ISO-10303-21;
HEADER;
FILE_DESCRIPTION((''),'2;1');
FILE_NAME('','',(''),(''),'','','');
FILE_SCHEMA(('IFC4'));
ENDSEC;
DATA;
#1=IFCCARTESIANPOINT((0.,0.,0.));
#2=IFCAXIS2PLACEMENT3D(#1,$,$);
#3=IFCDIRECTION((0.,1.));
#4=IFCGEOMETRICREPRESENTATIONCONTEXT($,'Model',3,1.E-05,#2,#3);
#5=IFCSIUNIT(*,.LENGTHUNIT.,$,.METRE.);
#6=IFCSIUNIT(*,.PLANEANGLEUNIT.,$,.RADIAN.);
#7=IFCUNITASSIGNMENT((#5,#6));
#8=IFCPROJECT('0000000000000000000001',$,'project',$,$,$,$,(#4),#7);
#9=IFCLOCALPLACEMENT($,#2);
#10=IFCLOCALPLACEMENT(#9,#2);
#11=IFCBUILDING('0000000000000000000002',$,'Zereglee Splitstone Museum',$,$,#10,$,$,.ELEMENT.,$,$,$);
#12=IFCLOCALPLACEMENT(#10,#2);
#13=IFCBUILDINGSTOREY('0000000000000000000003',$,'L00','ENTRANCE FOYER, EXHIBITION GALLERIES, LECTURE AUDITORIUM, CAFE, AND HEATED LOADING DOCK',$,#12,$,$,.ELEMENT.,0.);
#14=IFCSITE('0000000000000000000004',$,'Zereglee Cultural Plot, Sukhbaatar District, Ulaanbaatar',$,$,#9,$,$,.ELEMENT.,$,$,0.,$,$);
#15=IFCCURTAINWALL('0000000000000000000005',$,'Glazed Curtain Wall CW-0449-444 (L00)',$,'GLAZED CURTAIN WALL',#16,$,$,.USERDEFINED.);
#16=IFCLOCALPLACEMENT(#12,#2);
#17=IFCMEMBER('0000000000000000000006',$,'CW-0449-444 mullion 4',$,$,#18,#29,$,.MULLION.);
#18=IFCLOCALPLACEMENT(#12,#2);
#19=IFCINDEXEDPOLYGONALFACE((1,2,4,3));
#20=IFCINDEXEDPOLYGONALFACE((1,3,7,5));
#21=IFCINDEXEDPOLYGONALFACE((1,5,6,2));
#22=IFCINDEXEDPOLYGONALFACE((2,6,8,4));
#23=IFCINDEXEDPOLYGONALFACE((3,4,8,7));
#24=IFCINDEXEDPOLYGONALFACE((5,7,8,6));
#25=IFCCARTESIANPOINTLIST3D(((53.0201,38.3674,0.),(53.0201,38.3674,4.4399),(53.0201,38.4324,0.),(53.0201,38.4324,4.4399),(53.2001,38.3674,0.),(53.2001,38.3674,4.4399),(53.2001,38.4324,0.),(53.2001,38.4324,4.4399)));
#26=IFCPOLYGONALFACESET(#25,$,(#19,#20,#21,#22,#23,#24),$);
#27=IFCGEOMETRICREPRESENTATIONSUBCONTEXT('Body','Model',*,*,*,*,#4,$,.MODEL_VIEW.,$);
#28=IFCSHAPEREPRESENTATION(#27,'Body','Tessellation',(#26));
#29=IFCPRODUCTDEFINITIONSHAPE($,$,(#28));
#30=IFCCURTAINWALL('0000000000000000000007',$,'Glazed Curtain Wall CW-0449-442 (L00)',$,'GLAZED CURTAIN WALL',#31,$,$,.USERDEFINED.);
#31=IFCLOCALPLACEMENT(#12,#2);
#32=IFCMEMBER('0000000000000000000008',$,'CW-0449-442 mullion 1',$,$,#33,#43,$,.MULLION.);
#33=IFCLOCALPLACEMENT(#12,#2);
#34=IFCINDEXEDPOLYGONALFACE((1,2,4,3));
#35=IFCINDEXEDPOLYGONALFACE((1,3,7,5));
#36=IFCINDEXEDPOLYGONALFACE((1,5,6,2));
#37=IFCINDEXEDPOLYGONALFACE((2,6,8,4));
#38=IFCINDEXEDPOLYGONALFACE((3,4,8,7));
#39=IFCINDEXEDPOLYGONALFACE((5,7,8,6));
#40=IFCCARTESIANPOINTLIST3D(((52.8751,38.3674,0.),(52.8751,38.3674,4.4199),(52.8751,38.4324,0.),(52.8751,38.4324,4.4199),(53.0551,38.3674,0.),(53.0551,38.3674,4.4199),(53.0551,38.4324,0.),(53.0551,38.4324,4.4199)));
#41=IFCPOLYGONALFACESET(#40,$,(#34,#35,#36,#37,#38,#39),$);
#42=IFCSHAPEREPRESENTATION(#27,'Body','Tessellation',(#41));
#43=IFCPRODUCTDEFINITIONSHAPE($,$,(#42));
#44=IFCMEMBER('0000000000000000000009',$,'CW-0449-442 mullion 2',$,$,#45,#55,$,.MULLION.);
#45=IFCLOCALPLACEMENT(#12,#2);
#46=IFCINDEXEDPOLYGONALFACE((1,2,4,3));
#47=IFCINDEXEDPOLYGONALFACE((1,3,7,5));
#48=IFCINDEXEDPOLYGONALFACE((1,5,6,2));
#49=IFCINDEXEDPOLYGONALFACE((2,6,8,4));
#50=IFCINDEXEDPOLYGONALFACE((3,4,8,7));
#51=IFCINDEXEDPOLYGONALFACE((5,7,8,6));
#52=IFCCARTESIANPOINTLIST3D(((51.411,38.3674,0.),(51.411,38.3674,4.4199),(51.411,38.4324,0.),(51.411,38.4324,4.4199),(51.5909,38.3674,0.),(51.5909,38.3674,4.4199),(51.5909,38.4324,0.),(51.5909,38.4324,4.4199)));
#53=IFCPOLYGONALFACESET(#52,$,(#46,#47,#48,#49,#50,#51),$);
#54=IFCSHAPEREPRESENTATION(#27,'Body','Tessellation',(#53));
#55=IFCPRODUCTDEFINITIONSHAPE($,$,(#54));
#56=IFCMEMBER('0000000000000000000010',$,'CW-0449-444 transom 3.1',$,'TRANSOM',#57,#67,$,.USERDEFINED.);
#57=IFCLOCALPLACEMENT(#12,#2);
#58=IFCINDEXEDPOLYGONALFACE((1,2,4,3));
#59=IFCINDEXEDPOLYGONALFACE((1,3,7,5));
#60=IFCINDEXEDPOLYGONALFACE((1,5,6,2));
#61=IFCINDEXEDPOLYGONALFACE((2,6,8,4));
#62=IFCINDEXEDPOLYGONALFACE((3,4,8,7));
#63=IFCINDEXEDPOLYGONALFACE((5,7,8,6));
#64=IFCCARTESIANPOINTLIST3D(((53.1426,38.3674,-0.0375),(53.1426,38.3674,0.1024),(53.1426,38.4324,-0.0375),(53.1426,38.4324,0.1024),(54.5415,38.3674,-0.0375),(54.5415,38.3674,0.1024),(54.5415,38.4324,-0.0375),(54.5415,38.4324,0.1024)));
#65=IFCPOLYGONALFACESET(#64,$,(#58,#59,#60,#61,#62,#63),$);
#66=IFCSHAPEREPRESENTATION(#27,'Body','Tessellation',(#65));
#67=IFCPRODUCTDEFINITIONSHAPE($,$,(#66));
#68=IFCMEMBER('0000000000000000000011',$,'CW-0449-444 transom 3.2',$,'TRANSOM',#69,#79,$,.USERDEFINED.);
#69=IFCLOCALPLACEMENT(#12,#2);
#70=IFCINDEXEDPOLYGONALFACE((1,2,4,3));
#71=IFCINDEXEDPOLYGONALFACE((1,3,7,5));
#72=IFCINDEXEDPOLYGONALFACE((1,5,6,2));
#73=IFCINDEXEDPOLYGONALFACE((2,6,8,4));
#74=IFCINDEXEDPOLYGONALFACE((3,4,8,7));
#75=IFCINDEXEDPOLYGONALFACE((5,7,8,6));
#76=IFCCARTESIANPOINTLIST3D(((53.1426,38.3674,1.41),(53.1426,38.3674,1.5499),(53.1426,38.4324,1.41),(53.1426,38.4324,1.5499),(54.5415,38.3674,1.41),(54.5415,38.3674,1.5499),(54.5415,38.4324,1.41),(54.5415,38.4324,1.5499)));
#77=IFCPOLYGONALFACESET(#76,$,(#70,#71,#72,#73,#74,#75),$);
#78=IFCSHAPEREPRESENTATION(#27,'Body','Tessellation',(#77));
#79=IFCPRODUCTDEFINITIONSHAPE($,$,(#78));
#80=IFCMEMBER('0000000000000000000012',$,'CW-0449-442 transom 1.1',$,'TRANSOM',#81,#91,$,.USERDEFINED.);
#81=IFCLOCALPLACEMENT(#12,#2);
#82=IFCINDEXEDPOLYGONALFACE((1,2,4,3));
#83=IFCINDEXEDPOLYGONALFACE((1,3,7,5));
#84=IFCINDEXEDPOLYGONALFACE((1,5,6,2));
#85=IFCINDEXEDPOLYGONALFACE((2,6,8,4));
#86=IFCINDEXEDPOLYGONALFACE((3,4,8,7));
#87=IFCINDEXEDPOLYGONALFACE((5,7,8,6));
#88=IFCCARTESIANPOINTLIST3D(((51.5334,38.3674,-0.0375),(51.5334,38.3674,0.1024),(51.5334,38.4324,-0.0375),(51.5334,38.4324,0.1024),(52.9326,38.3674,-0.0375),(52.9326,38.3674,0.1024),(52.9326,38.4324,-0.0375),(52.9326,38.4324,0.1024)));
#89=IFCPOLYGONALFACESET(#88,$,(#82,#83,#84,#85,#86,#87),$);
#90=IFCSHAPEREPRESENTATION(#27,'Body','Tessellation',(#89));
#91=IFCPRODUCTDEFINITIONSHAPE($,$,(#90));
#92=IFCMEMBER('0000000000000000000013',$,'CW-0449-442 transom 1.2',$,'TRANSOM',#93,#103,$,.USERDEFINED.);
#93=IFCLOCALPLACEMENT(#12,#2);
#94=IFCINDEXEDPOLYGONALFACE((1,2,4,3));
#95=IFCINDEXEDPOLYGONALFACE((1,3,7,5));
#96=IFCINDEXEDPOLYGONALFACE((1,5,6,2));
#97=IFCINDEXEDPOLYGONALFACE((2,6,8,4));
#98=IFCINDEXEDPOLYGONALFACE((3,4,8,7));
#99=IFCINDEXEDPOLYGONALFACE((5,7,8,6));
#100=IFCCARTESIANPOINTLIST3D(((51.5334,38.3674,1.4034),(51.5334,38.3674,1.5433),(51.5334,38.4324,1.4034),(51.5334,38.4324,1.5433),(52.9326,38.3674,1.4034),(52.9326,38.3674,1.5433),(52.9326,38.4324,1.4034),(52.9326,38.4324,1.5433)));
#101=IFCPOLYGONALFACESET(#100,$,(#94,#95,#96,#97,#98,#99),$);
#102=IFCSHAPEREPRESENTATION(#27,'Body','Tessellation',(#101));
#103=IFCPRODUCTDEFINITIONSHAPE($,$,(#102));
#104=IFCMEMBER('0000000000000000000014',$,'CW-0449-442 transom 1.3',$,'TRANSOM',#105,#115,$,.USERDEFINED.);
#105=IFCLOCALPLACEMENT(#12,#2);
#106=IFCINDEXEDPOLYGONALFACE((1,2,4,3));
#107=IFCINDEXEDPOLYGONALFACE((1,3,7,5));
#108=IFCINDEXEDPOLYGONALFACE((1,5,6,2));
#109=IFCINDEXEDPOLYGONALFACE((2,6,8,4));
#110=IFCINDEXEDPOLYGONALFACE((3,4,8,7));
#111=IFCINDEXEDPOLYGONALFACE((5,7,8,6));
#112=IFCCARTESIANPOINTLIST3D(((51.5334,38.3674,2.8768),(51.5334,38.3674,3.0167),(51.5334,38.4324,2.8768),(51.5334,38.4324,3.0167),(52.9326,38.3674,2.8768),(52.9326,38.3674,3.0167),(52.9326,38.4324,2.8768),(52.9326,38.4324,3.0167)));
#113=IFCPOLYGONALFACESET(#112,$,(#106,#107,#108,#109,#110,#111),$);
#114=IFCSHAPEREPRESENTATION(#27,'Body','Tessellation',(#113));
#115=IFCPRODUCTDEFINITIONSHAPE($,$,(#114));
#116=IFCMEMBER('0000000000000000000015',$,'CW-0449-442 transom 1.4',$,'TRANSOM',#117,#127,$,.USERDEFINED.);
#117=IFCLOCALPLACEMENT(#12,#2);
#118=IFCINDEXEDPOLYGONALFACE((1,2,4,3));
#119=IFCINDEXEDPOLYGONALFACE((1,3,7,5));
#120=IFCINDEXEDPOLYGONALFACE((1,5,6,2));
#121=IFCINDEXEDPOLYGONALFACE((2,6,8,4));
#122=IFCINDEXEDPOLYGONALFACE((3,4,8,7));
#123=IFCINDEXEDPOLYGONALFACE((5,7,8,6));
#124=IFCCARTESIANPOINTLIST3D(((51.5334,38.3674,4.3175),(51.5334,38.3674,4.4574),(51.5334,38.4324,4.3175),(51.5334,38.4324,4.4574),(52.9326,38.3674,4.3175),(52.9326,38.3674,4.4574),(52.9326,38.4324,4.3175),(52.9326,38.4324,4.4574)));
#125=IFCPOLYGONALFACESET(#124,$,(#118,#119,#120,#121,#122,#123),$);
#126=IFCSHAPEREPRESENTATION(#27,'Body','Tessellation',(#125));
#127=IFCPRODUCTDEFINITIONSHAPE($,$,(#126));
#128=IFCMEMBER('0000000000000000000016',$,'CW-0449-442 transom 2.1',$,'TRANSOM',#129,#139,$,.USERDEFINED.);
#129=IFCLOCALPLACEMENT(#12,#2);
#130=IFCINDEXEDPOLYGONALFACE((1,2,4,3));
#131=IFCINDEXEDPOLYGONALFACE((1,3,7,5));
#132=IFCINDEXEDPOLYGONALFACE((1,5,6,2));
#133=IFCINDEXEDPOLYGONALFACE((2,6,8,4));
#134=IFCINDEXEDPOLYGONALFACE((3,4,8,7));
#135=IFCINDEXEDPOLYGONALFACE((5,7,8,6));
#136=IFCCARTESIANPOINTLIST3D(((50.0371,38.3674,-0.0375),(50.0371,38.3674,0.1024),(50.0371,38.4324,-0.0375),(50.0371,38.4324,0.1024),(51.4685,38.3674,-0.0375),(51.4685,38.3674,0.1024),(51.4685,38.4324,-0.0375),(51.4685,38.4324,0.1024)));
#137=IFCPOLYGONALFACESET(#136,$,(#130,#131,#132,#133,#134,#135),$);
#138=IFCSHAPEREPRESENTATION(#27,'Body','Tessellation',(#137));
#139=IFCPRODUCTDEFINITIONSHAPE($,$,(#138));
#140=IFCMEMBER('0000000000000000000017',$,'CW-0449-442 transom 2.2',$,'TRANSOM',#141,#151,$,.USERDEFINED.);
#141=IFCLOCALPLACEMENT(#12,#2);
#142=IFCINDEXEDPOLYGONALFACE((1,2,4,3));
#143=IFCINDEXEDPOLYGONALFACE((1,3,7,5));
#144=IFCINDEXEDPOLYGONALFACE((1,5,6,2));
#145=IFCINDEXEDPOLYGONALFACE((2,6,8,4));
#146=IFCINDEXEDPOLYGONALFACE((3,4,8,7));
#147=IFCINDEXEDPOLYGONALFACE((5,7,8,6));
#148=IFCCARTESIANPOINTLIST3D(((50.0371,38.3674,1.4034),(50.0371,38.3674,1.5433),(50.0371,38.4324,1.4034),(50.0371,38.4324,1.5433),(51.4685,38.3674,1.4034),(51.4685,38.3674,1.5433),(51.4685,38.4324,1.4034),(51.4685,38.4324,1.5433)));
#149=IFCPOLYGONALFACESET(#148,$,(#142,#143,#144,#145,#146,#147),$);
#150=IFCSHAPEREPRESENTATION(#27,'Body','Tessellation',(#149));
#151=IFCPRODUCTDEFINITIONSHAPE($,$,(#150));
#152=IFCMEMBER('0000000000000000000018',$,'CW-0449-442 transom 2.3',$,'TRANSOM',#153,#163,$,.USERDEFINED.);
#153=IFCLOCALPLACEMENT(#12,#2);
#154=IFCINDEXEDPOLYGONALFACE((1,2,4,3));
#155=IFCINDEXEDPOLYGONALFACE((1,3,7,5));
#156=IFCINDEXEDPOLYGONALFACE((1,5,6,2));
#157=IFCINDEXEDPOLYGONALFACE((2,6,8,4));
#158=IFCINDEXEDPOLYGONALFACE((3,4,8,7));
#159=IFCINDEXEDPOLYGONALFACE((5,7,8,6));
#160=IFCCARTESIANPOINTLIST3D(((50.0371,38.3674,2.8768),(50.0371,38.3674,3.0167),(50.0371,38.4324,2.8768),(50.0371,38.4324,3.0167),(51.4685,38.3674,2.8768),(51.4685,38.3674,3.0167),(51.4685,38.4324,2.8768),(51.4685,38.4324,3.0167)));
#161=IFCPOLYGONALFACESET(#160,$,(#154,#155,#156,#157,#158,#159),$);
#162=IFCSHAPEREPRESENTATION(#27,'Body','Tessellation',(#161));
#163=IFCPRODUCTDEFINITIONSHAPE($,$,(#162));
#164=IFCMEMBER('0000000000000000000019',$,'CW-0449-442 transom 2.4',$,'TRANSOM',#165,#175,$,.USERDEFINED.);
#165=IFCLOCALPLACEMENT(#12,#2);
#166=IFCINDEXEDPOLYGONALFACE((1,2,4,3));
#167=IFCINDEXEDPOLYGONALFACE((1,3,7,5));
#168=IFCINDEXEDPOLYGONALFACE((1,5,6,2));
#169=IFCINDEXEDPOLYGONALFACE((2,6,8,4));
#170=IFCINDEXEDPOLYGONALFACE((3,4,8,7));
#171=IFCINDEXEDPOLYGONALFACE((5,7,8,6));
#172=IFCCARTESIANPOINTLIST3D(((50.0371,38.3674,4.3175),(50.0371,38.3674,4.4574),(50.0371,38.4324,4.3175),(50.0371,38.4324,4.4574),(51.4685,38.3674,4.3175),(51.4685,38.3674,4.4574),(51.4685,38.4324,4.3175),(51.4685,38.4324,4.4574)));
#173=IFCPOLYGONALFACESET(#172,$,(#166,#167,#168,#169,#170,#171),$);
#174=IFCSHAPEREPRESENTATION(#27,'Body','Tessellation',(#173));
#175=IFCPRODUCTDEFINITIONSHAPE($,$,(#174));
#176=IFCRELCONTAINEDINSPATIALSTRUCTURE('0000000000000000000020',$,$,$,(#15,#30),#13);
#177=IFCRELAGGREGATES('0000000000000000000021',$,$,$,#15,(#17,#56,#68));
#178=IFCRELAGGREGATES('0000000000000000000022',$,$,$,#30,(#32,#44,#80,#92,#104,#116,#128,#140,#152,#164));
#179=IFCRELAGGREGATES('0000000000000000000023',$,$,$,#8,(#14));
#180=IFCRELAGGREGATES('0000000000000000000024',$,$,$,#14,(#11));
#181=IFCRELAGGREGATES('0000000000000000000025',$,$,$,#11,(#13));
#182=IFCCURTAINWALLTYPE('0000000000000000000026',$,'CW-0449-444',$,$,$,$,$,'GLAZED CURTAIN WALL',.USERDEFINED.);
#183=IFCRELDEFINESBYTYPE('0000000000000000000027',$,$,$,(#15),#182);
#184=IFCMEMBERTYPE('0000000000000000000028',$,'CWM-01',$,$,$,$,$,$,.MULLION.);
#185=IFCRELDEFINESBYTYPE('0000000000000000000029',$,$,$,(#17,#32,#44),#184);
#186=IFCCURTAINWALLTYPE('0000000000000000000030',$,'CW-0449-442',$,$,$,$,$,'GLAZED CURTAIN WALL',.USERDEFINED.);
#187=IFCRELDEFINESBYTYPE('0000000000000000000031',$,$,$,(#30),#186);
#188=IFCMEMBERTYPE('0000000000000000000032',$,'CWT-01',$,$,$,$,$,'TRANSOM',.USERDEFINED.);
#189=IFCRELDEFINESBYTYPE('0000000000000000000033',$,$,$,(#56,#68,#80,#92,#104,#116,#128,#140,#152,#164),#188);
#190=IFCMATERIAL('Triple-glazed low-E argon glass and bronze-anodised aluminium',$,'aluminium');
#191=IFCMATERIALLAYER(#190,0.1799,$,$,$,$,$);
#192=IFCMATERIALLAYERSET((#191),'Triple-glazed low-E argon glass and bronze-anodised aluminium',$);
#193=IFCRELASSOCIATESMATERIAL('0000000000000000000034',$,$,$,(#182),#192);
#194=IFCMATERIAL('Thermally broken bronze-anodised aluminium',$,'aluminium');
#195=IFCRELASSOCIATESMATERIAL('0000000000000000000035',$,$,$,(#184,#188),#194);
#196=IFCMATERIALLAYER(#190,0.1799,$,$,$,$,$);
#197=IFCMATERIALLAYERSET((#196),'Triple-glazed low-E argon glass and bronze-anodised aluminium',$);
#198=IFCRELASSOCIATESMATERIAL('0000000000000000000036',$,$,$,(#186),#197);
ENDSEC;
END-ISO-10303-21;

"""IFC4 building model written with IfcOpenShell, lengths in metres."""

from ifc_helpers import new_model, si_unit, direction, frame, origin, origin_2d, place, context, subcontext, project, spatial, rectangle, extrude, material, layer, layer_set, material_profile, profile_set, type_object, element, aggregate, save


model = new_model("IFC4")

# Units and contexts
model_context = context("Model", 3, precision=1e-05, world=origin(), true_north=direction((0.0, 1.0)))
body_context = subcontext(model_context, "Body", "Model", "MODEL_VIEW")
ifc_project = project(units=[si_unit("LENGTHUNIT", "METRE"), si_unit("PLANEANGLEUNIT", "RADIAN")], contexts=[model_context])

# Site, building, storey
site_placement = place(None, origin())
site = spatial("IfcSite", under=ifc_project, at=site_placement, Name="Zereglee Cultural Plot, Sukhbaatar District, Ulaanbaatar", CompositionType="ELEMENT", RefElevation=0.0)
building_placement = place(site_placement, origin())
building = spatial("IfcBuilding", under=site, at=building_placement, Name="Zereglee Splitstone Museum", CompositionType="ELEMENT")
storey_placement = place(building_placement, origin())
storey = spatial("IfcBuildingStorey", under=building, at=storey_placement, Name="L00", Description="ENTRANCE FOYER, EXHIBITION GALLERIES, LECTURE AUDITORIUM, CAFE, AND HEATED LOADING DOCK", CompositionType="ELEMENT", Elevation=0.0)

# Curtain wall, member
ifc_material_1 = material(Name="Triple-glazed low-E argon glass and bronze-anodised aluminium", Category="aluminium")
ifc_layer_1 = layer(ifc_material_1, 0.1799)
ifc_layer_set_1 = layer_set([ifc_layer_1], Name="Triple-glazed low-E argon glass and bronze-anodised aluminium")
curtain_wall_type_1 = type_object("IfcCurtainWallType", Name="CW-0449-444", ElementType="GLAZED CURTAIN WALL", PredefinedType="USERDEFINED", material=ifc_layer_set_1)
curtain_wall_1_placement = place(storey_placement, origin())
curtain_wall_1 = element("IfcCurtainWall", 1, at=curtain_wall_1_placement, inside=storey, type_object=curtain_wall_type_1, Name="Glazed Curtain Wall CW-0449-444 (L00)", ObjectType="GLAZED CURTAIN WALL", PredefinedType="USERDEFINED")
ifc_material_2 = material(Name="Thermally broken bronze-anodised aluminium", Category="aluminium")
ifc_material_profile_1 = material_profile(ifc_material_2, rectangle(XDim=0.0649, YDim=0.1799, at=origin_2d()), Name="CW MULL 65x180")
ifc_profile_set_1 = profile_set([ifc_material_profile_1], Name="Thermally broken bronze-anodised aluminium")
member_type_1 = type_object("IfcMemberType", Name="CWM-01", PredefinedType="MULLION", material=ifc_profile_set_1)
member_1_placement = place(storey_placement, frame((53.1101, 38.3999, 0.0), z_axis=(0.0, 0.0, 1.0), x_axis=(0.0, -1.0, 0.0)))
member_1 = element("IfcMember", 2, at=member_1_placement, type_object=member_type_1, Name="CW-0449-444 mullion 4", PredefinedType="MULLION", context=body_context, shape_type="SweptSolid", body=[
    extrude(rectangle(XDim=0.0649, YDim=0.1799, at=origin_2d()), origin(), (0.0, 0.0, 1.0), 4.4399),
])

# Curtain wall, members
ifc_layer_2 = layer(ifc_material_1, 0.1799)
ifc_layer_set_2 = layer_set([ifc_layer_2], Name="Triple-glazed low-E argon glass and bronze-anodised aluminium")
curtain_wall_type_2 = type_object("IfcCurtainWallType", Name="CW-0449-442", ElementType="GLAZED CURTAIN WALL", PredefinedType="USERDEFINED", material=ifc_layer_set_2)
curtain_wall_2_placement = place(storey_placement, origin())
curtain_wall_2 = element("IfcCurtainWall", 3, at=curtain_wall_2_placement, inside=storey, type_object=curtain_wall_type_2, Name="Glazed Curtain Wall CW-0449-442 (L00)", ObjectType="GLAZED CURTAIN WALL", PredefinedType="USERDEFINED")
member_2_placement = place(storey_placement, frame((52.9651, 38.3999, 0.0), z_axis=(0.0, 0.0, 1.0), x_axis=(0.0, -1.0, 0.0)))
member_2 = element("IfcMember", 4, at=member_2_placement, type_object=member_type_1, Name="CW-0449-442 mullion 1", PredefinedType="MULLION", context=body_context, shape_type="SweptSolid", body=[
    extrude(rectangle(XDim=0.0649, YDim=0.1799, at=origin_2d()), origin(), (0.0, 0.0, 1.0), 4.4199),
])
member_3_placement = place(storey_placement, frame((51.501, 38.3999, 0.0), z_axis=(0.0, 0.0, 1.0), x_axis=(0.0, -1.0, 0.0)))
member_3 = element("IfcMember", 5, at=member_3_placement, type_object=member_type_1, Name="CW-0449-442 mullion 2", PredefinedType="MULLION", context=body_context, shape_type="SweptSolid", body=[
    extrude(rectangle(XDim=0.0649, YDim=0.1799, at=origin_2d()), origin(), (0.0, 0.0, 1.0), 4.4199),
])

# Members
ifc_material_profile_2 = material_profile(ifc_material_2, rectangle(XDim=0.0649, YDim=0.1399, at=origin_2d()), Name="CW TRAN 65x140")
ifc_profile_set_2 = profile_set([ifc_material_profile_2], Name="Thermally broken bronze-anodised aluminium")
member_type_2 = type_object("IfcMemberType", Name="CWT-01", ElementType="TRANSOM", PredefinedType="USERDEFINED", material=ifc_profile_set_2)
member_4_placement = place(storey_placement, frame((54.5415, 38.3999, 0.0325), z_axis=(-1.0, 0.0, 0.0), x_axis=(0.0, -1.0, 0.0)))
member_4 = element("IfcMember", 6, at=member_4_placement, type_object=member_type_2, Name="CW-0449-444 transom 3.1", ObjectType="TRANSOM", PredefinedType="USERDEFINED", context=body_context, shape_type="SweptSolid", body=[
    extrude(rectangle(XDim=0.0649, YDim=0.1399, at=origin_2d()), origin(), (0.0, 0.0, 1.0), 1.3989),
])
member_5_placement = place(storey_placement, frame((54.5415, 38.3999, 1.48), z_axis=(-1.0, 0.0, 0.0), x_axis=(0.0, -1.0, 0.0)))
member_5 = element("IfcMember", 7, at=member_5_placement, type_object=member_type_2, Name="CW-0449-444 transom 3.2", ObjectType="TRANSOM", PredefinedType="USERDEFINED", context=body_context, shape_type="SweptSolid", body=[
    extrude(rectangle(XDim=0.0649, YDim=0.1399, at=origin_2d()), origin(), (0.0, 0.0, 1.0), 1.3989),
])
member_6_placement = place(storey_placement, frame((52.9326, 38.3999, 0.0325), z_axis=(-1.0, 0.0, 0.0), x_axis=(0.0, -1.0, 0.0)))
member_6 = element("IfcMember", 8, at=member_6_placement, type_object=member_type_2, Name="CW-0449-442 transom 1.1", ObjectType="TRANSOM", PredefinedType="USERDEFINED", context=body_context, shape_type="SweptSolid", body=[
    extrude(rectangle(XDim=0.0649, YDim=0.1399, at=origin_2d()), origin(), (0.0, 0.0, 1.0), 1.3992),
])
member_7_placement = place(storey_placement, frame((52.9326, 38.3999, 1.4734), z_axis=(-1.0, 0.0, 0.0), x_axis=(0.0, -1.0, 0.0)))
member_7 = element("IfcMember", 9, at=member_7_placement, type_object=member_type_2, Name="CW-0449-442 transom 1.2", ObjectType="TRANSOM", PredefinedType="USERDEFINED", context=body_context, shape_type="SweptSolid", body=[
    extrude(rectangle(XDim=0.0649, YDim=0.1399, at=origin_2d()), origin(), (0.0, 0.0, 1.0), 1.3992),
])
member_8_placement = place(storey_placement, frame((52.9326, 38.3999, 2.9468), z_axis=(-1.0, 0.0, 0.0), x_axis=(0.0, -1.0, 0.0)))
member_8 = element("IfcMember", 10, at=member_8_placement, type_object=member_type_2, Name="CW-0449-442 transom 1.3", ObjectType="TRANSOM", PredefinedType="USERDEFINED", context=body_context, shape_type="SweptSolid", body=[
    extrude(rectangle(XDim=0.0649, YDim=0.1399, at=origin_2d()), origin(), (0.0, 0.0, 1.0), 1.3992),
])
member_9_placement = place(storey_placement, frame((52.9326, 38.3999, 4.3875), z_axis=(-1.0, 0.0, 0.0), x_axis=(0.0, -1.0, 0.0)))
member_9 = element("IfcMember", 11, at=member_9_placement, type_object=member_type_2, Name="CW-0449-442 transom 1.4", ObjectType="TRANSOM", PredefinedType="USERDEFINED", context=body_context, shape_type="SweptSolid", body=[
    extrude(rectangle(XDim=0.0649, YDim=0.1399, at=origin_2d()), origin(), (0.0, 0.0, 1.0), 1.3992),
])
member_10_placement = place(storey_placement, frame((51.4685, 38.3999, 0.0325), z_axis=(-1.0, 0.0, 0.0), x_axis=(0.0, -1.0, 0.0)))
member_10 = element("IfcMember", 12, at=member_10_placement, type_object=member_type_2, Name="CW-0449-442 transom 2.1", ObjectType="TRANSOM", PredefinedType="USERDEFINED", context=body_context, shape_type="SweptSolid", body=[
    extrude(rectangle(XDim=0.0649, YDim=0.1399, at=origin_2d()), origin(), (0.0, 0.0, 1.0), 1.4314),
])
member_11_placement = place(storey_placement, frame((51.4685, 38.3999, 1.4734), z_axis=(-1.0, 0.0, 0.0), x_axis=(0.0, -1.0, 0.0)))
member_11 = element("IfcMember", 13, at=member_11_placement, type_object=member_type_2, Name="CW-0449-442 transom 2.2", ObjectType="TRANSOM", PredefinedType="USERDEFINED", context=body_context, shape_type="SweptSolid", body=[
    extrude(rectangle(XDim=0.0649, YDim=0.1399, at=origin_2d()), origin(), (0.0, 0.0, 1.0), 1.4314),
])
member_12_placement = place(storey_placement, frame((51.4685, 38.3999, 2.9468), z_axis=(-1.0, 0.0, 0.0), x_axis=(0.0, -1.0, 0.0)))
member_12 = element("IfcMember", 14, at=member_12_placement, type_object=member_type_2, Name="CW-0449-442 transom 2.3", ObjectType="TRANSOM", PredefinedType="USERDEFINED", context=body_context, shape_type="SweptSolid", body=[
    extrude(rectangle(XDim=0.0649, YDim=0.1399, at=origin_2d()), origin(), (0.0, 0.0, 1.0), 1.4314),
])
member_13_placement = place(storey_placement, frame((51.4685, 38.3999, 4.3875), z_axis=(-1.0, 0.0, 0.0), x_axis=(0.0, -1.0, 0.0)))
member_13 = element("IfcMember", 15, at=member_13_placement, type_object=member_type_2, Name="CW-0449-442 transom 2.4", ObjectType="TRANSOM", PredefinedType="USERDEFINED", context=body_context, shape_type="SweptSolid", body=[
    extrude(rectangle(XDim=0.0649, YDim=0.1399, at=origin_2d()), origin(), (0.0, 0.0, 1.0), 1.4314),
])

aggregate(curtain_wall_1, [member_1, member_4, member_5])
aggregate(curtain_wall_2, [member_2, member_3, member_6, member_7, member_8, member_9, member_10, member_11, member_12, member_13])

save(model, "model.ifc")
